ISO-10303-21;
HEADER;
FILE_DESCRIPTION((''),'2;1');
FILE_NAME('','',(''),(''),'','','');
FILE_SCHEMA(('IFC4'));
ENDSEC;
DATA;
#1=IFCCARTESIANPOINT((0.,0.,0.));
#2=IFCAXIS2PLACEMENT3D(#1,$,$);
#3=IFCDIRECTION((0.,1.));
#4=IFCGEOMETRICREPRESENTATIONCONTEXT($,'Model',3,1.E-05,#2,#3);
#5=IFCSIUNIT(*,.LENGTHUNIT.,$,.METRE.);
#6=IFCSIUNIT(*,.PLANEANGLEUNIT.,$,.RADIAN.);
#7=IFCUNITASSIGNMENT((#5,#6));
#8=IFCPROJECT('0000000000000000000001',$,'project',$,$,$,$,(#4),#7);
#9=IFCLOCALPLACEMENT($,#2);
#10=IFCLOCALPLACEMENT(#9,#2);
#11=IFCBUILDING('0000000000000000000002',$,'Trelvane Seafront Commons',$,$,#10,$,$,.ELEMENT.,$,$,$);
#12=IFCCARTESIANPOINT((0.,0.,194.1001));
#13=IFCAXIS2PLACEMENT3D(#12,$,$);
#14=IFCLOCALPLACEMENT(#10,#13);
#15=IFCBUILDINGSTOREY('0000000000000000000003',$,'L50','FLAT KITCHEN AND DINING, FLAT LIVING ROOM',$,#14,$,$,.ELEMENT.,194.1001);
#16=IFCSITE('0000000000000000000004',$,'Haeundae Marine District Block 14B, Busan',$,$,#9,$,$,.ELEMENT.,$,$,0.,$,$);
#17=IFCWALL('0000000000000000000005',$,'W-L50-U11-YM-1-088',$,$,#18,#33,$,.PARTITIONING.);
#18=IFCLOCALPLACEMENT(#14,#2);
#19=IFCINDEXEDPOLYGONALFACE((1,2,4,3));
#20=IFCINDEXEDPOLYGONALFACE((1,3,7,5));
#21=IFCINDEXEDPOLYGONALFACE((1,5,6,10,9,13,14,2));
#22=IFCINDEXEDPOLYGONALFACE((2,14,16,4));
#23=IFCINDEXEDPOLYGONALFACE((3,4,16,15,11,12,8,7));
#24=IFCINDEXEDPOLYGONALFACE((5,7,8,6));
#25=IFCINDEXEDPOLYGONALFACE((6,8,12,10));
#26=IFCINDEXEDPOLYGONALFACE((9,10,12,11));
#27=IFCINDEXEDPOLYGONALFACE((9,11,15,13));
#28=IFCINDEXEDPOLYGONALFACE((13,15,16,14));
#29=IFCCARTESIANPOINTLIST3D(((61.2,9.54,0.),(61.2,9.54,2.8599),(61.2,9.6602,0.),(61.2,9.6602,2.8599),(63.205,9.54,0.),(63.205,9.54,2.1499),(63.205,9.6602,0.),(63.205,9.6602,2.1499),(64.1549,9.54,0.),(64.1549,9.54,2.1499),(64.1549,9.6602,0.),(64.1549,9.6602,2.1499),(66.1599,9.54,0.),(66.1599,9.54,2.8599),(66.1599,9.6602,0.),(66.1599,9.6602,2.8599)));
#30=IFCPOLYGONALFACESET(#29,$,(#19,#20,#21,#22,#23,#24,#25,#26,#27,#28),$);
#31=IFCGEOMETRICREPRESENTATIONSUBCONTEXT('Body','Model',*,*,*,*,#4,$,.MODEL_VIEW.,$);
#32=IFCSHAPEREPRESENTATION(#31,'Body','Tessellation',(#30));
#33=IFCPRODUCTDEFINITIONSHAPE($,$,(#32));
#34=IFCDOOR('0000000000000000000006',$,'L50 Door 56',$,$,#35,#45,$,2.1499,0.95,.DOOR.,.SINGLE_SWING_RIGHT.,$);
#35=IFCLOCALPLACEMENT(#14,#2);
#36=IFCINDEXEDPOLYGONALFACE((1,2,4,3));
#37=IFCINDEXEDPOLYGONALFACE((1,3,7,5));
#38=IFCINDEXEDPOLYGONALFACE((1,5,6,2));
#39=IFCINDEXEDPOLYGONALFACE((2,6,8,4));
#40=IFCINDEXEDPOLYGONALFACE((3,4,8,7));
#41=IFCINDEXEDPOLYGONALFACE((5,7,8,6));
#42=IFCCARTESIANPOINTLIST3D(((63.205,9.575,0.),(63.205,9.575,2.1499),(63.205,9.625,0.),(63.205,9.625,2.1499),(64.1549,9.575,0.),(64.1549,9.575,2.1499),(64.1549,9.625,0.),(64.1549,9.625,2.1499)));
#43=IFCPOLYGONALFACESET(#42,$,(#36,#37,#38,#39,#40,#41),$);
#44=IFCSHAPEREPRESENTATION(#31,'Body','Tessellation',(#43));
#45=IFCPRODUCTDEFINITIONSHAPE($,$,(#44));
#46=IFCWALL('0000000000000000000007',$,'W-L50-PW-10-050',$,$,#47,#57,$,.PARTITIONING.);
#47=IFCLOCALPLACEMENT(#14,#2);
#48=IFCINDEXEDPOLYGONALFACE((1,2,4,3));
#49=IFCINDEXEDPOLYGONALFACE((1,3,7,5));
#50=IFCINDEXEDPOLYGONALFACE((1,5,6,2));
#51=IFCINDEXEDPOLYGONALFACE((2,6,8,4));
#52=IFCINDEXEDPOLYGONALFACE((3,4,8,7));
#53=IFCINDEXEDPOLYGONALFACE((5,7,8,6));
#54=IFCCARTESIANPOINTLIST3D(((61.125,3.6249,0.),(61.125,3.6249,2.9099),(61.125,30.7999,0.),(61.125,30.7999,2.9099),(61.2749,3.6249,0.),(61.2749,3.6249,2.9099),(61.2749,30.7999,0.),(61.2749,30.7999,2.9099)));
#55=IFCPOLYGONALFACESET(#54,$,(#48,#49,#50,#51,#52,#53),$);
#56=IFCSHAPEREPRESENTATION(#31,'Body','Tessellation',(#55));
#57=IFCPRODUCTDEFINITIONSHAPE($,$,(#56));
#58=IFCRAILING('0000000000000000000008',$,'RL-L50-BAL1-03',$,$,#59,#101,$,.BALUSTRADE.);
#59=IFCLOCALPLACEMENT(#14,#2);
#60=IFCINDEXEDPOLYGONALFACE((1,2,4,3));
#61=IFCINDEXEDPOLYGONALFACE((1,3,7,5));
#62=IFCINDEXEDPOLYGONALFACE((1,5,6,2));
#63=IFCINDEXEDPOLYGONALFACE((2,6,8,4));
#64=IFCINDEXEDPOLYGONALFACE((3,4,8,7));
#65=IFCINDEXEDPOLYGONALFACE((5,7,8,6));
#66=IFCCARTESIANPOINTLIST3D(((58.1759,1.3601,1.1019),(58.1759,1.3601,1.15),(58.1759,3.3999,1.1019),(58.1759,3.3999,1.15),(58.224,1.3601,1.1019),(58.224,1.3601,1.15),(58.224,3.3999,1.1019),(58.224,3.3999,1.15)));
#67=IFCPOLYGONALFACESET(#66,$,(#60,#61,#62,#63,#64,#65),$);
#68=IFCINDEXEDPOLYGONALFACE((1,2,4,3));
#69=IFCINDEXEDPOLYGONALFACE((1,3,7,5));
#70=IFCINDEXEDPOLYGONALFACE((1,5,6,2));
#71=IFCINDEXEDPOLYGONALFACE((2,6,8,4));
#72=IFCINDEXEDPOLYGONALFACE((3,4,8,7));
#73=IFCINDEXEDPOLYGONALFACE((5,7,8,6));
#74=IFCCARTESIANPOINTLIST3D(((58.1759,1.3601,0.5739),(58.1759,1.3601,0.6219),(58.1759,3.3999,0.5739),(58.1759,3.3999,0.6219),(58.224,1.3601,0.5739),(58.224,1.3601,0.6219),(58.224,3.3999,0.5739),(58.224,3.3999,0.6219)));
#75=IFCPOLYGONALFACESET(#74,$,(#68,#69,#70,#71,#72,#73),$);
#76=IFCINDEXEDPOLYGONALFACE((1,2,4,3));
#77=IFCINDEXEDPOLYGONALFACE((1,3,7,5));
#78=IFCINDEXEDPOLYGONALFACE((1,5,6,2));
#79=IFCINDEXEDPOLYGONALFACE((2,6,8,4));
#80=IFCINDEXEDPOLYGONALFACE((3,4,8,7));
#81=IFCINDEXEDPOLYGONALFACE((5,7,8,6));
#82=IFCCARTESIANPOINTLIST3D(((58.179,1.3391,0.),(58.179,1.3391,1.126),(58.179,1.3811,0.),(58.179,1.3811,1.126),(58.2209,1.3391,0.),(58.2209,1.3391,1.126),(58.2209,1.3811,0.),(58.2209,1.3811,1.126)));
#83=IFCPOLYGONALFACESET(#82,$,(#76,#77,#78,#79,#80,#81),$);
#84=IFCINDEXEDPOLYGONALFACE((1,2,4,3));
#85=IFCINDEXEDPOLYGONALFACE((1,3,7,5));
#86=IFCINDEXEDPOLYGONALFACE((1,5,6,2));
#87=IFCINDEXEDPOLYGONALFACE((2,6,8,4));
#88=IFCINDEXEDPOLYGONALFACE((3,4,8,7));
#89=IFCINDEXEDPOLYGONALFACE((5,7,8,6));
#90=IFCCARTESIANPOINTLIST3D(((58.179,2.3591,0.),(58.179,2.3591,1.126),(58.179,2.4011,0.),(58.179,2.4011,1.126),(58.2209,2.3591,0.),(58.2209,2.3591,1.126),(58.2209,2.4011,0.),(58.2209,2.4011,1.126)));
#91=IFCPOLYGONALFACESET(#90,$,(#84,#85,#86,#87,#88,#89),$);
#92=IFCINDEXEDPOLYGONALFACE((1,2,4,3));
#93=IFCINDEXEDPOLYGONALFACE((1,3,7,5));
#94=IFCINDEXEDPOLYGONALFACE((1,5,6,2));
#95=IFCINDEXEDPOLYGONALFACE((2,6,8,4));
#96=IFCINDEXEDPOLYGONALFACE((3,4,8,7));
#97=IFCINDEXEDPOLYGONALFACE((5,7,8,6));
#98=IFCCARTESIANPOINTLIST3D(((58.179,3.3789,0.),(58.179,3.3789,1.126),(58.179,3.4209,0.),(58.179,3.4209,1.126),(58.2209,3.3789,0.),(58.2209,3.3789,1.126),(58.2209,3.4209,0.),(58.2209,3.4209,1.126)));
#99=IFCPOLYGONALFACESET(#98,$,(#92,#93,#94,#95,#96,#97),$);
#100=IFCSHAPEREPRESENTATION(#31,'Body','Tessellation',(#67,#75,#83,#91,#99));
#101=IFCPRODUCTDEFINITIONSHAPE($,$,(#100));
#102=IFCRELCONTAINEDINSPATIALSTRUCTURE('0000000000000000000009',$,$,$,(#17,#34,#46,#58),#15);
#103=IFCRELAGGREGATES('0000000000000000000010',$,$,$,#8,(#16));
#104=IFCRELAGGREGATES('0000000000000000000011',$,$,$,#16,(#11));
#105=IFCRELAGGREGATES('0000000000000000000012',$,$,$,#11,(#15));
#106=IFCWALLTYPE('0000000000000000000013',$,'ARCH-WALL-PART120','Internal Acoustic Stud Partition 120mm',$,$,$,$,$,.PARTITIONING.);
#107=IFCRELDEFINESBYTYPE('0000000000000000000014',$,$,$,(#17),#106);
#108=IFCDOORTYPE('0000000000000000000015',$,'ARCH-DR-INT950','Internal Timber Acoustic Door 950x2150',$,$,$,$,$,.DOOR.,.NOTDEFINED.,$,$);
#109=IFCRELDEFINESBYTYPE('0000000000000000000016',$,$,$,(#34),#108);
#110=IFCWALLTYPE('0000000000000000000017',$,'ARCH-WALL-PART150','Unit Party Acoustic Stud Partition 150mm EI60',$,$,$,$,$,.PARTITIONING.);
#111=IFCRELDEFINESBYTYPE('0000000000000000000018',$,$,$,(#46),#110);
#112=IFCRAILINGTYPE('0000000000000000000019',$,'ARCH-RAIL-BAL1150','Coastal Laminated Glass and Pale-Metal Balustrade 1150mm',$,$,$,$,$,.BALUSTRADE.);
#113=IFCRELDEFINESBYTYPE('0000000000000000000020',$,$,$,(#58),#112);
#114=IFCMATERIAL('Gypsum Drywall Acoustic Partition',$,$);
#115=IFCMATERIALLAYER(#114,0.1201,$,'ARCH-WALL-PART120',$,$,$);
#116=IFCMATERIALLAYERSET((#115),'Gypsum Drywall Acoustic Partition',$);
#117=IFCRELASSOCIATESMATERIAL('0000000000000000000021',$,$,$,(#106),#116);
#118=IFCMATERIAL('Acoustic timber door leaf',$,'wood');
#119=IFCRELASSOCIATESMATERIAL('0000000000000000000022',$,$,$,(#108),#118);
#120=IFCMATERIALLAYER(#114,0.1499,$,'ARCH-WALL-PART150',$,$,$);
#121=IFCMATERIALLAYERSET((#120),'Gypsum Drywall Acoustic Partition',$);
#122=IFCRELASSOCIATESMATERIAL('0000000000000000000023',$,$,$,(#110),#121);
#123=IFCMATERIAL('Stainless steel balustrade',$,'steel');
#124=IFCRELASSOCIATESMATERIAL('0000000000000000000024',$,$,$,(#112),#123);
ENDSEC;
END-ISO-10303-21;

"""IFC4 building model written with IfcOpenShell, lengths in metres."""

from ifc_helpers import new_model, si_unit, direction, frame, frame_2d, origin, origin_2d, place, context, subcontext, project, spatial, rectangle, extrude, source, transform, mapped, material, layer, layer_set, type_object, element, fill, save


model = new_model("IFC4")

# Units and contexts
model_context = context("Model", 3, precision=1e-05, world=origin(), true_north=direction((0.0, 1.0)))
body_context = subcontext(model_context, "Body", "Model", "MODEL_VIEW")
ifc_project = project(units=[si_unit("LENGTHUNIT", "METRE"), si_unit("PLANEANGLEUNIT", "RADIAN")], contexts=[model_context])

# Site, building, storey
site_placement = place(None, origin())
site = spatial("IfcSite", under=ifc_project, at=site_placement, Name="Haeundae Marine District Block 14B, Busan", CompositionType="ELEMENT", RefElevation=0.0)
building_placement = place(site_placement, origin())
building = spatial("IfcBuilding", under=site, at=building_placement, Name="Trelvane Seafront Commons", CompositionType="ELEMENT")
storey_placement = place(building_placement, frame((0.0, 0.0, 194.1001)))
storey = spatial("IfcBuildingStorey", under=building, at=storey_placement, Name="L50", Description="FLAT KITCHEN AND DINING, FLAT LIVING ROOM", CompositionType="ELEMENT", Elevation=194.1001)

# Shared definitions
ifc_material_1 = material(Name="Gypsum Drywall Acoustic Partition")
ifc_layer_1 = layer(ifc_material_1, 0.1201, Name="ARCH-WALL-PART120")
ifc_layer_set_1 = layer_set([ifc_layer_1], Name="Gypsum Drywall Acoustic Partition")
wall_type_1 = type_object("IfcWallType", Name="ARCH-WALL-PART120", Description="Internal Acoustic Stud Partition 120mm", PredefinedType="PARTITIONING", material=ifc_layer_set_1)

# Wall, opening, door
wall_1_placement = place(storey_placement, frame((61.2, 9.6001, 0.0), z_axis=(0.0, 0.0, 1.0), x_axis=(1.0, 0.0, 0.0)))
wall_1 = element("IfcWall", 1, at=wall_1_placement, inside=storey, type_object=wall_type_1, Name="W-L50-U11-YM-1-088", PredefinedType="PARTITIONING", context=body_context, shape_type="SweptSolid", body=[
    extrude(rectangle(XDim=4.96, YDim=0.1201, at=frame_2d((2.48, 0.0))), origin(), (0.0, 0.0, 1.0), 2.8599),
])
opening_1_placement = place(wall_1_placement, frame((2.0049, 0.0, 0.0)))
opening_1 = element("IfcOpeningElement", 2, at=opening_1_placement, cuts=wall_1, PredefinedType="OPENING", context=body_context, shape_type="SweptSolid", body=[
    extrude(rectangle(XDim=0.95, YDim=2.1499, at=frame_2d((0.4751, 1.075))), frame((0.0, 0.0701, 0.0), z_axis=(0.0, -1.0, 0.0), x_axis=(1.0, 0.0, 0.0)), (0.0, 0.0, 1.0), 0.1401),
])
ifc_material_2 = material(Name="Acoustic timber door leaf", Category="wood")
door_type_1 = type_object("IfcDoorType", Name="ARCH-DR-INT950", Description="Internal Timber Acoustic Door 950x2150", OperationType="NOTDEFINED", PredefinedType="DOOR", material=ifc_material_2)
shared_shape_1 = source(origin(), body_context, "Body", "SweptSolid", [
    extrude(rectangle(XDim=0.95, YDim=2.1499, at=frame_2d((0.4751, 1.075))), frame((0.0, 0.0249, 0.0), z_axis=(0.0, -1.0, 0.0), x_axis=(1.0, 0.0, 0.0)), (0.0, 0.0, 1.0), 0.05),
])
door_1_placement = place(opening_1_placement, origin())
door_1 = element("IfcDoor", 3, at=door_1_placement, inside=storey, type_object=door_type_1, Name="L50 Door 56", OperationType="SINGLE_SWING_RIGHT", OverallHeight=2.1499, OverallWidth=0.95, PredefinedType="DOOR", context=body_context, shape_type="MappedRepresentation", body=[
    mapped(shared_shape_1, transform((0.0, 0.0, 0.0), x_axis=(1.0, 0.0, 0.0), y_axis=(0.0, 1.0, 0.0), z_axis=(0.0, 0.0, 1.0), scale=1.0)),
])
fill(opening_1, door_1)

# Wall
ifc_layer_2 = layer(ifc_material_1, 0.1499, Name="ARCH-WALL-PART150")
ifc_layer_set_2 = layer_set([ifc_layer_2], Name="Gypsum Drywall Acoustic Partition")
wall_type_2 = type_object("IfcWallType", Name="ARCH-WALL-PART150", Description="Unit Party Acoustic Stud Partition 150mm EI60", PredefinedType="PARTITIONING", material=ifc_layer_set_2)
wall_2_placement = place(storey_placement, frame((61.2, 3.625, 0.0), z_axis=(0.0, 0.0, 1.0), x_axis=(0.0, 1.0, 0.0)))
element("IfcWall", 4, at=wall_2_placement, inside=storey, type_object=wall_type_2, Name="W-L50-PW-10-050", PredefinedType="PARTITIONING", context=body_context, shape_type="SweptSolid", body=[
    extrude(rectangle(XDim=27.175, YDim=0.1499, at=frame_2d((13.5874, 0.0))), origin(), (0.0, 0.0, 1.0), 2.9099),
])

# Railing
ifc_material_3 = material(Name="Stainless steel balustrade", Category="steel")
railing_type = type_object("IfcRailingType", Name="ARCH-RAIL-BAL1150", Description="Coastal Laminated Glass and Pale-Metal Balustrade 1150mm", PredefinedType="BALUSTRADE", material=ifc_material_3)
railing_placement = place(storey_placement, frame((58.2, 1.3601, 0.0)))
element("IfcRailing", 5, at=railing_placement, inside=storey, type_object=railing_type, Name="RL-L50-BAL1-03", PredefinedType="BALUSTRADE", context=body_context, shape_type="SweptSolid", body=[
    extrude(rectangle(XDim=0.0481, YDim=0.0481, at=origin_2d()), frame((0.0, 0.0, 1.126), z_axis=(0.0, 1.0, 0.0), x_axis=(-1.0, 0.0, 0.0)), (0.0, 0.0, 1.0), 2.0398),
    extrude(rectangle(XDim=0.0481, YDim=0.0481, at=origin_2d()), frame((0.0, 0.0, 0.5979), z_axis=(0.0, 1.0, 0.0), x_axis=(-1.0, 0.0, 0.0)), (0.0, 0.0, 1.0), 2.0398),
    extrude(rectangle(XDim=0.042, YDim=0.042, at=origin_2d()), origin(), (0.0, 0.0, 1.0), 1.126),
    extrude(rectangle(XDim=0.042, YDim=0.042, at=origin_2d()), frame((0.0, 1.02, 0.0)), (0.0, 0.0, 1.0), 1.126),
    extrude(rectangle(XDim=0.042, YDim=0.042, at=origin_2d()), frame((0.0, 2.0398, 0.0)), (0.0, 0.0, 1.0), 1.126),
])

save(model, "model.ifc")
